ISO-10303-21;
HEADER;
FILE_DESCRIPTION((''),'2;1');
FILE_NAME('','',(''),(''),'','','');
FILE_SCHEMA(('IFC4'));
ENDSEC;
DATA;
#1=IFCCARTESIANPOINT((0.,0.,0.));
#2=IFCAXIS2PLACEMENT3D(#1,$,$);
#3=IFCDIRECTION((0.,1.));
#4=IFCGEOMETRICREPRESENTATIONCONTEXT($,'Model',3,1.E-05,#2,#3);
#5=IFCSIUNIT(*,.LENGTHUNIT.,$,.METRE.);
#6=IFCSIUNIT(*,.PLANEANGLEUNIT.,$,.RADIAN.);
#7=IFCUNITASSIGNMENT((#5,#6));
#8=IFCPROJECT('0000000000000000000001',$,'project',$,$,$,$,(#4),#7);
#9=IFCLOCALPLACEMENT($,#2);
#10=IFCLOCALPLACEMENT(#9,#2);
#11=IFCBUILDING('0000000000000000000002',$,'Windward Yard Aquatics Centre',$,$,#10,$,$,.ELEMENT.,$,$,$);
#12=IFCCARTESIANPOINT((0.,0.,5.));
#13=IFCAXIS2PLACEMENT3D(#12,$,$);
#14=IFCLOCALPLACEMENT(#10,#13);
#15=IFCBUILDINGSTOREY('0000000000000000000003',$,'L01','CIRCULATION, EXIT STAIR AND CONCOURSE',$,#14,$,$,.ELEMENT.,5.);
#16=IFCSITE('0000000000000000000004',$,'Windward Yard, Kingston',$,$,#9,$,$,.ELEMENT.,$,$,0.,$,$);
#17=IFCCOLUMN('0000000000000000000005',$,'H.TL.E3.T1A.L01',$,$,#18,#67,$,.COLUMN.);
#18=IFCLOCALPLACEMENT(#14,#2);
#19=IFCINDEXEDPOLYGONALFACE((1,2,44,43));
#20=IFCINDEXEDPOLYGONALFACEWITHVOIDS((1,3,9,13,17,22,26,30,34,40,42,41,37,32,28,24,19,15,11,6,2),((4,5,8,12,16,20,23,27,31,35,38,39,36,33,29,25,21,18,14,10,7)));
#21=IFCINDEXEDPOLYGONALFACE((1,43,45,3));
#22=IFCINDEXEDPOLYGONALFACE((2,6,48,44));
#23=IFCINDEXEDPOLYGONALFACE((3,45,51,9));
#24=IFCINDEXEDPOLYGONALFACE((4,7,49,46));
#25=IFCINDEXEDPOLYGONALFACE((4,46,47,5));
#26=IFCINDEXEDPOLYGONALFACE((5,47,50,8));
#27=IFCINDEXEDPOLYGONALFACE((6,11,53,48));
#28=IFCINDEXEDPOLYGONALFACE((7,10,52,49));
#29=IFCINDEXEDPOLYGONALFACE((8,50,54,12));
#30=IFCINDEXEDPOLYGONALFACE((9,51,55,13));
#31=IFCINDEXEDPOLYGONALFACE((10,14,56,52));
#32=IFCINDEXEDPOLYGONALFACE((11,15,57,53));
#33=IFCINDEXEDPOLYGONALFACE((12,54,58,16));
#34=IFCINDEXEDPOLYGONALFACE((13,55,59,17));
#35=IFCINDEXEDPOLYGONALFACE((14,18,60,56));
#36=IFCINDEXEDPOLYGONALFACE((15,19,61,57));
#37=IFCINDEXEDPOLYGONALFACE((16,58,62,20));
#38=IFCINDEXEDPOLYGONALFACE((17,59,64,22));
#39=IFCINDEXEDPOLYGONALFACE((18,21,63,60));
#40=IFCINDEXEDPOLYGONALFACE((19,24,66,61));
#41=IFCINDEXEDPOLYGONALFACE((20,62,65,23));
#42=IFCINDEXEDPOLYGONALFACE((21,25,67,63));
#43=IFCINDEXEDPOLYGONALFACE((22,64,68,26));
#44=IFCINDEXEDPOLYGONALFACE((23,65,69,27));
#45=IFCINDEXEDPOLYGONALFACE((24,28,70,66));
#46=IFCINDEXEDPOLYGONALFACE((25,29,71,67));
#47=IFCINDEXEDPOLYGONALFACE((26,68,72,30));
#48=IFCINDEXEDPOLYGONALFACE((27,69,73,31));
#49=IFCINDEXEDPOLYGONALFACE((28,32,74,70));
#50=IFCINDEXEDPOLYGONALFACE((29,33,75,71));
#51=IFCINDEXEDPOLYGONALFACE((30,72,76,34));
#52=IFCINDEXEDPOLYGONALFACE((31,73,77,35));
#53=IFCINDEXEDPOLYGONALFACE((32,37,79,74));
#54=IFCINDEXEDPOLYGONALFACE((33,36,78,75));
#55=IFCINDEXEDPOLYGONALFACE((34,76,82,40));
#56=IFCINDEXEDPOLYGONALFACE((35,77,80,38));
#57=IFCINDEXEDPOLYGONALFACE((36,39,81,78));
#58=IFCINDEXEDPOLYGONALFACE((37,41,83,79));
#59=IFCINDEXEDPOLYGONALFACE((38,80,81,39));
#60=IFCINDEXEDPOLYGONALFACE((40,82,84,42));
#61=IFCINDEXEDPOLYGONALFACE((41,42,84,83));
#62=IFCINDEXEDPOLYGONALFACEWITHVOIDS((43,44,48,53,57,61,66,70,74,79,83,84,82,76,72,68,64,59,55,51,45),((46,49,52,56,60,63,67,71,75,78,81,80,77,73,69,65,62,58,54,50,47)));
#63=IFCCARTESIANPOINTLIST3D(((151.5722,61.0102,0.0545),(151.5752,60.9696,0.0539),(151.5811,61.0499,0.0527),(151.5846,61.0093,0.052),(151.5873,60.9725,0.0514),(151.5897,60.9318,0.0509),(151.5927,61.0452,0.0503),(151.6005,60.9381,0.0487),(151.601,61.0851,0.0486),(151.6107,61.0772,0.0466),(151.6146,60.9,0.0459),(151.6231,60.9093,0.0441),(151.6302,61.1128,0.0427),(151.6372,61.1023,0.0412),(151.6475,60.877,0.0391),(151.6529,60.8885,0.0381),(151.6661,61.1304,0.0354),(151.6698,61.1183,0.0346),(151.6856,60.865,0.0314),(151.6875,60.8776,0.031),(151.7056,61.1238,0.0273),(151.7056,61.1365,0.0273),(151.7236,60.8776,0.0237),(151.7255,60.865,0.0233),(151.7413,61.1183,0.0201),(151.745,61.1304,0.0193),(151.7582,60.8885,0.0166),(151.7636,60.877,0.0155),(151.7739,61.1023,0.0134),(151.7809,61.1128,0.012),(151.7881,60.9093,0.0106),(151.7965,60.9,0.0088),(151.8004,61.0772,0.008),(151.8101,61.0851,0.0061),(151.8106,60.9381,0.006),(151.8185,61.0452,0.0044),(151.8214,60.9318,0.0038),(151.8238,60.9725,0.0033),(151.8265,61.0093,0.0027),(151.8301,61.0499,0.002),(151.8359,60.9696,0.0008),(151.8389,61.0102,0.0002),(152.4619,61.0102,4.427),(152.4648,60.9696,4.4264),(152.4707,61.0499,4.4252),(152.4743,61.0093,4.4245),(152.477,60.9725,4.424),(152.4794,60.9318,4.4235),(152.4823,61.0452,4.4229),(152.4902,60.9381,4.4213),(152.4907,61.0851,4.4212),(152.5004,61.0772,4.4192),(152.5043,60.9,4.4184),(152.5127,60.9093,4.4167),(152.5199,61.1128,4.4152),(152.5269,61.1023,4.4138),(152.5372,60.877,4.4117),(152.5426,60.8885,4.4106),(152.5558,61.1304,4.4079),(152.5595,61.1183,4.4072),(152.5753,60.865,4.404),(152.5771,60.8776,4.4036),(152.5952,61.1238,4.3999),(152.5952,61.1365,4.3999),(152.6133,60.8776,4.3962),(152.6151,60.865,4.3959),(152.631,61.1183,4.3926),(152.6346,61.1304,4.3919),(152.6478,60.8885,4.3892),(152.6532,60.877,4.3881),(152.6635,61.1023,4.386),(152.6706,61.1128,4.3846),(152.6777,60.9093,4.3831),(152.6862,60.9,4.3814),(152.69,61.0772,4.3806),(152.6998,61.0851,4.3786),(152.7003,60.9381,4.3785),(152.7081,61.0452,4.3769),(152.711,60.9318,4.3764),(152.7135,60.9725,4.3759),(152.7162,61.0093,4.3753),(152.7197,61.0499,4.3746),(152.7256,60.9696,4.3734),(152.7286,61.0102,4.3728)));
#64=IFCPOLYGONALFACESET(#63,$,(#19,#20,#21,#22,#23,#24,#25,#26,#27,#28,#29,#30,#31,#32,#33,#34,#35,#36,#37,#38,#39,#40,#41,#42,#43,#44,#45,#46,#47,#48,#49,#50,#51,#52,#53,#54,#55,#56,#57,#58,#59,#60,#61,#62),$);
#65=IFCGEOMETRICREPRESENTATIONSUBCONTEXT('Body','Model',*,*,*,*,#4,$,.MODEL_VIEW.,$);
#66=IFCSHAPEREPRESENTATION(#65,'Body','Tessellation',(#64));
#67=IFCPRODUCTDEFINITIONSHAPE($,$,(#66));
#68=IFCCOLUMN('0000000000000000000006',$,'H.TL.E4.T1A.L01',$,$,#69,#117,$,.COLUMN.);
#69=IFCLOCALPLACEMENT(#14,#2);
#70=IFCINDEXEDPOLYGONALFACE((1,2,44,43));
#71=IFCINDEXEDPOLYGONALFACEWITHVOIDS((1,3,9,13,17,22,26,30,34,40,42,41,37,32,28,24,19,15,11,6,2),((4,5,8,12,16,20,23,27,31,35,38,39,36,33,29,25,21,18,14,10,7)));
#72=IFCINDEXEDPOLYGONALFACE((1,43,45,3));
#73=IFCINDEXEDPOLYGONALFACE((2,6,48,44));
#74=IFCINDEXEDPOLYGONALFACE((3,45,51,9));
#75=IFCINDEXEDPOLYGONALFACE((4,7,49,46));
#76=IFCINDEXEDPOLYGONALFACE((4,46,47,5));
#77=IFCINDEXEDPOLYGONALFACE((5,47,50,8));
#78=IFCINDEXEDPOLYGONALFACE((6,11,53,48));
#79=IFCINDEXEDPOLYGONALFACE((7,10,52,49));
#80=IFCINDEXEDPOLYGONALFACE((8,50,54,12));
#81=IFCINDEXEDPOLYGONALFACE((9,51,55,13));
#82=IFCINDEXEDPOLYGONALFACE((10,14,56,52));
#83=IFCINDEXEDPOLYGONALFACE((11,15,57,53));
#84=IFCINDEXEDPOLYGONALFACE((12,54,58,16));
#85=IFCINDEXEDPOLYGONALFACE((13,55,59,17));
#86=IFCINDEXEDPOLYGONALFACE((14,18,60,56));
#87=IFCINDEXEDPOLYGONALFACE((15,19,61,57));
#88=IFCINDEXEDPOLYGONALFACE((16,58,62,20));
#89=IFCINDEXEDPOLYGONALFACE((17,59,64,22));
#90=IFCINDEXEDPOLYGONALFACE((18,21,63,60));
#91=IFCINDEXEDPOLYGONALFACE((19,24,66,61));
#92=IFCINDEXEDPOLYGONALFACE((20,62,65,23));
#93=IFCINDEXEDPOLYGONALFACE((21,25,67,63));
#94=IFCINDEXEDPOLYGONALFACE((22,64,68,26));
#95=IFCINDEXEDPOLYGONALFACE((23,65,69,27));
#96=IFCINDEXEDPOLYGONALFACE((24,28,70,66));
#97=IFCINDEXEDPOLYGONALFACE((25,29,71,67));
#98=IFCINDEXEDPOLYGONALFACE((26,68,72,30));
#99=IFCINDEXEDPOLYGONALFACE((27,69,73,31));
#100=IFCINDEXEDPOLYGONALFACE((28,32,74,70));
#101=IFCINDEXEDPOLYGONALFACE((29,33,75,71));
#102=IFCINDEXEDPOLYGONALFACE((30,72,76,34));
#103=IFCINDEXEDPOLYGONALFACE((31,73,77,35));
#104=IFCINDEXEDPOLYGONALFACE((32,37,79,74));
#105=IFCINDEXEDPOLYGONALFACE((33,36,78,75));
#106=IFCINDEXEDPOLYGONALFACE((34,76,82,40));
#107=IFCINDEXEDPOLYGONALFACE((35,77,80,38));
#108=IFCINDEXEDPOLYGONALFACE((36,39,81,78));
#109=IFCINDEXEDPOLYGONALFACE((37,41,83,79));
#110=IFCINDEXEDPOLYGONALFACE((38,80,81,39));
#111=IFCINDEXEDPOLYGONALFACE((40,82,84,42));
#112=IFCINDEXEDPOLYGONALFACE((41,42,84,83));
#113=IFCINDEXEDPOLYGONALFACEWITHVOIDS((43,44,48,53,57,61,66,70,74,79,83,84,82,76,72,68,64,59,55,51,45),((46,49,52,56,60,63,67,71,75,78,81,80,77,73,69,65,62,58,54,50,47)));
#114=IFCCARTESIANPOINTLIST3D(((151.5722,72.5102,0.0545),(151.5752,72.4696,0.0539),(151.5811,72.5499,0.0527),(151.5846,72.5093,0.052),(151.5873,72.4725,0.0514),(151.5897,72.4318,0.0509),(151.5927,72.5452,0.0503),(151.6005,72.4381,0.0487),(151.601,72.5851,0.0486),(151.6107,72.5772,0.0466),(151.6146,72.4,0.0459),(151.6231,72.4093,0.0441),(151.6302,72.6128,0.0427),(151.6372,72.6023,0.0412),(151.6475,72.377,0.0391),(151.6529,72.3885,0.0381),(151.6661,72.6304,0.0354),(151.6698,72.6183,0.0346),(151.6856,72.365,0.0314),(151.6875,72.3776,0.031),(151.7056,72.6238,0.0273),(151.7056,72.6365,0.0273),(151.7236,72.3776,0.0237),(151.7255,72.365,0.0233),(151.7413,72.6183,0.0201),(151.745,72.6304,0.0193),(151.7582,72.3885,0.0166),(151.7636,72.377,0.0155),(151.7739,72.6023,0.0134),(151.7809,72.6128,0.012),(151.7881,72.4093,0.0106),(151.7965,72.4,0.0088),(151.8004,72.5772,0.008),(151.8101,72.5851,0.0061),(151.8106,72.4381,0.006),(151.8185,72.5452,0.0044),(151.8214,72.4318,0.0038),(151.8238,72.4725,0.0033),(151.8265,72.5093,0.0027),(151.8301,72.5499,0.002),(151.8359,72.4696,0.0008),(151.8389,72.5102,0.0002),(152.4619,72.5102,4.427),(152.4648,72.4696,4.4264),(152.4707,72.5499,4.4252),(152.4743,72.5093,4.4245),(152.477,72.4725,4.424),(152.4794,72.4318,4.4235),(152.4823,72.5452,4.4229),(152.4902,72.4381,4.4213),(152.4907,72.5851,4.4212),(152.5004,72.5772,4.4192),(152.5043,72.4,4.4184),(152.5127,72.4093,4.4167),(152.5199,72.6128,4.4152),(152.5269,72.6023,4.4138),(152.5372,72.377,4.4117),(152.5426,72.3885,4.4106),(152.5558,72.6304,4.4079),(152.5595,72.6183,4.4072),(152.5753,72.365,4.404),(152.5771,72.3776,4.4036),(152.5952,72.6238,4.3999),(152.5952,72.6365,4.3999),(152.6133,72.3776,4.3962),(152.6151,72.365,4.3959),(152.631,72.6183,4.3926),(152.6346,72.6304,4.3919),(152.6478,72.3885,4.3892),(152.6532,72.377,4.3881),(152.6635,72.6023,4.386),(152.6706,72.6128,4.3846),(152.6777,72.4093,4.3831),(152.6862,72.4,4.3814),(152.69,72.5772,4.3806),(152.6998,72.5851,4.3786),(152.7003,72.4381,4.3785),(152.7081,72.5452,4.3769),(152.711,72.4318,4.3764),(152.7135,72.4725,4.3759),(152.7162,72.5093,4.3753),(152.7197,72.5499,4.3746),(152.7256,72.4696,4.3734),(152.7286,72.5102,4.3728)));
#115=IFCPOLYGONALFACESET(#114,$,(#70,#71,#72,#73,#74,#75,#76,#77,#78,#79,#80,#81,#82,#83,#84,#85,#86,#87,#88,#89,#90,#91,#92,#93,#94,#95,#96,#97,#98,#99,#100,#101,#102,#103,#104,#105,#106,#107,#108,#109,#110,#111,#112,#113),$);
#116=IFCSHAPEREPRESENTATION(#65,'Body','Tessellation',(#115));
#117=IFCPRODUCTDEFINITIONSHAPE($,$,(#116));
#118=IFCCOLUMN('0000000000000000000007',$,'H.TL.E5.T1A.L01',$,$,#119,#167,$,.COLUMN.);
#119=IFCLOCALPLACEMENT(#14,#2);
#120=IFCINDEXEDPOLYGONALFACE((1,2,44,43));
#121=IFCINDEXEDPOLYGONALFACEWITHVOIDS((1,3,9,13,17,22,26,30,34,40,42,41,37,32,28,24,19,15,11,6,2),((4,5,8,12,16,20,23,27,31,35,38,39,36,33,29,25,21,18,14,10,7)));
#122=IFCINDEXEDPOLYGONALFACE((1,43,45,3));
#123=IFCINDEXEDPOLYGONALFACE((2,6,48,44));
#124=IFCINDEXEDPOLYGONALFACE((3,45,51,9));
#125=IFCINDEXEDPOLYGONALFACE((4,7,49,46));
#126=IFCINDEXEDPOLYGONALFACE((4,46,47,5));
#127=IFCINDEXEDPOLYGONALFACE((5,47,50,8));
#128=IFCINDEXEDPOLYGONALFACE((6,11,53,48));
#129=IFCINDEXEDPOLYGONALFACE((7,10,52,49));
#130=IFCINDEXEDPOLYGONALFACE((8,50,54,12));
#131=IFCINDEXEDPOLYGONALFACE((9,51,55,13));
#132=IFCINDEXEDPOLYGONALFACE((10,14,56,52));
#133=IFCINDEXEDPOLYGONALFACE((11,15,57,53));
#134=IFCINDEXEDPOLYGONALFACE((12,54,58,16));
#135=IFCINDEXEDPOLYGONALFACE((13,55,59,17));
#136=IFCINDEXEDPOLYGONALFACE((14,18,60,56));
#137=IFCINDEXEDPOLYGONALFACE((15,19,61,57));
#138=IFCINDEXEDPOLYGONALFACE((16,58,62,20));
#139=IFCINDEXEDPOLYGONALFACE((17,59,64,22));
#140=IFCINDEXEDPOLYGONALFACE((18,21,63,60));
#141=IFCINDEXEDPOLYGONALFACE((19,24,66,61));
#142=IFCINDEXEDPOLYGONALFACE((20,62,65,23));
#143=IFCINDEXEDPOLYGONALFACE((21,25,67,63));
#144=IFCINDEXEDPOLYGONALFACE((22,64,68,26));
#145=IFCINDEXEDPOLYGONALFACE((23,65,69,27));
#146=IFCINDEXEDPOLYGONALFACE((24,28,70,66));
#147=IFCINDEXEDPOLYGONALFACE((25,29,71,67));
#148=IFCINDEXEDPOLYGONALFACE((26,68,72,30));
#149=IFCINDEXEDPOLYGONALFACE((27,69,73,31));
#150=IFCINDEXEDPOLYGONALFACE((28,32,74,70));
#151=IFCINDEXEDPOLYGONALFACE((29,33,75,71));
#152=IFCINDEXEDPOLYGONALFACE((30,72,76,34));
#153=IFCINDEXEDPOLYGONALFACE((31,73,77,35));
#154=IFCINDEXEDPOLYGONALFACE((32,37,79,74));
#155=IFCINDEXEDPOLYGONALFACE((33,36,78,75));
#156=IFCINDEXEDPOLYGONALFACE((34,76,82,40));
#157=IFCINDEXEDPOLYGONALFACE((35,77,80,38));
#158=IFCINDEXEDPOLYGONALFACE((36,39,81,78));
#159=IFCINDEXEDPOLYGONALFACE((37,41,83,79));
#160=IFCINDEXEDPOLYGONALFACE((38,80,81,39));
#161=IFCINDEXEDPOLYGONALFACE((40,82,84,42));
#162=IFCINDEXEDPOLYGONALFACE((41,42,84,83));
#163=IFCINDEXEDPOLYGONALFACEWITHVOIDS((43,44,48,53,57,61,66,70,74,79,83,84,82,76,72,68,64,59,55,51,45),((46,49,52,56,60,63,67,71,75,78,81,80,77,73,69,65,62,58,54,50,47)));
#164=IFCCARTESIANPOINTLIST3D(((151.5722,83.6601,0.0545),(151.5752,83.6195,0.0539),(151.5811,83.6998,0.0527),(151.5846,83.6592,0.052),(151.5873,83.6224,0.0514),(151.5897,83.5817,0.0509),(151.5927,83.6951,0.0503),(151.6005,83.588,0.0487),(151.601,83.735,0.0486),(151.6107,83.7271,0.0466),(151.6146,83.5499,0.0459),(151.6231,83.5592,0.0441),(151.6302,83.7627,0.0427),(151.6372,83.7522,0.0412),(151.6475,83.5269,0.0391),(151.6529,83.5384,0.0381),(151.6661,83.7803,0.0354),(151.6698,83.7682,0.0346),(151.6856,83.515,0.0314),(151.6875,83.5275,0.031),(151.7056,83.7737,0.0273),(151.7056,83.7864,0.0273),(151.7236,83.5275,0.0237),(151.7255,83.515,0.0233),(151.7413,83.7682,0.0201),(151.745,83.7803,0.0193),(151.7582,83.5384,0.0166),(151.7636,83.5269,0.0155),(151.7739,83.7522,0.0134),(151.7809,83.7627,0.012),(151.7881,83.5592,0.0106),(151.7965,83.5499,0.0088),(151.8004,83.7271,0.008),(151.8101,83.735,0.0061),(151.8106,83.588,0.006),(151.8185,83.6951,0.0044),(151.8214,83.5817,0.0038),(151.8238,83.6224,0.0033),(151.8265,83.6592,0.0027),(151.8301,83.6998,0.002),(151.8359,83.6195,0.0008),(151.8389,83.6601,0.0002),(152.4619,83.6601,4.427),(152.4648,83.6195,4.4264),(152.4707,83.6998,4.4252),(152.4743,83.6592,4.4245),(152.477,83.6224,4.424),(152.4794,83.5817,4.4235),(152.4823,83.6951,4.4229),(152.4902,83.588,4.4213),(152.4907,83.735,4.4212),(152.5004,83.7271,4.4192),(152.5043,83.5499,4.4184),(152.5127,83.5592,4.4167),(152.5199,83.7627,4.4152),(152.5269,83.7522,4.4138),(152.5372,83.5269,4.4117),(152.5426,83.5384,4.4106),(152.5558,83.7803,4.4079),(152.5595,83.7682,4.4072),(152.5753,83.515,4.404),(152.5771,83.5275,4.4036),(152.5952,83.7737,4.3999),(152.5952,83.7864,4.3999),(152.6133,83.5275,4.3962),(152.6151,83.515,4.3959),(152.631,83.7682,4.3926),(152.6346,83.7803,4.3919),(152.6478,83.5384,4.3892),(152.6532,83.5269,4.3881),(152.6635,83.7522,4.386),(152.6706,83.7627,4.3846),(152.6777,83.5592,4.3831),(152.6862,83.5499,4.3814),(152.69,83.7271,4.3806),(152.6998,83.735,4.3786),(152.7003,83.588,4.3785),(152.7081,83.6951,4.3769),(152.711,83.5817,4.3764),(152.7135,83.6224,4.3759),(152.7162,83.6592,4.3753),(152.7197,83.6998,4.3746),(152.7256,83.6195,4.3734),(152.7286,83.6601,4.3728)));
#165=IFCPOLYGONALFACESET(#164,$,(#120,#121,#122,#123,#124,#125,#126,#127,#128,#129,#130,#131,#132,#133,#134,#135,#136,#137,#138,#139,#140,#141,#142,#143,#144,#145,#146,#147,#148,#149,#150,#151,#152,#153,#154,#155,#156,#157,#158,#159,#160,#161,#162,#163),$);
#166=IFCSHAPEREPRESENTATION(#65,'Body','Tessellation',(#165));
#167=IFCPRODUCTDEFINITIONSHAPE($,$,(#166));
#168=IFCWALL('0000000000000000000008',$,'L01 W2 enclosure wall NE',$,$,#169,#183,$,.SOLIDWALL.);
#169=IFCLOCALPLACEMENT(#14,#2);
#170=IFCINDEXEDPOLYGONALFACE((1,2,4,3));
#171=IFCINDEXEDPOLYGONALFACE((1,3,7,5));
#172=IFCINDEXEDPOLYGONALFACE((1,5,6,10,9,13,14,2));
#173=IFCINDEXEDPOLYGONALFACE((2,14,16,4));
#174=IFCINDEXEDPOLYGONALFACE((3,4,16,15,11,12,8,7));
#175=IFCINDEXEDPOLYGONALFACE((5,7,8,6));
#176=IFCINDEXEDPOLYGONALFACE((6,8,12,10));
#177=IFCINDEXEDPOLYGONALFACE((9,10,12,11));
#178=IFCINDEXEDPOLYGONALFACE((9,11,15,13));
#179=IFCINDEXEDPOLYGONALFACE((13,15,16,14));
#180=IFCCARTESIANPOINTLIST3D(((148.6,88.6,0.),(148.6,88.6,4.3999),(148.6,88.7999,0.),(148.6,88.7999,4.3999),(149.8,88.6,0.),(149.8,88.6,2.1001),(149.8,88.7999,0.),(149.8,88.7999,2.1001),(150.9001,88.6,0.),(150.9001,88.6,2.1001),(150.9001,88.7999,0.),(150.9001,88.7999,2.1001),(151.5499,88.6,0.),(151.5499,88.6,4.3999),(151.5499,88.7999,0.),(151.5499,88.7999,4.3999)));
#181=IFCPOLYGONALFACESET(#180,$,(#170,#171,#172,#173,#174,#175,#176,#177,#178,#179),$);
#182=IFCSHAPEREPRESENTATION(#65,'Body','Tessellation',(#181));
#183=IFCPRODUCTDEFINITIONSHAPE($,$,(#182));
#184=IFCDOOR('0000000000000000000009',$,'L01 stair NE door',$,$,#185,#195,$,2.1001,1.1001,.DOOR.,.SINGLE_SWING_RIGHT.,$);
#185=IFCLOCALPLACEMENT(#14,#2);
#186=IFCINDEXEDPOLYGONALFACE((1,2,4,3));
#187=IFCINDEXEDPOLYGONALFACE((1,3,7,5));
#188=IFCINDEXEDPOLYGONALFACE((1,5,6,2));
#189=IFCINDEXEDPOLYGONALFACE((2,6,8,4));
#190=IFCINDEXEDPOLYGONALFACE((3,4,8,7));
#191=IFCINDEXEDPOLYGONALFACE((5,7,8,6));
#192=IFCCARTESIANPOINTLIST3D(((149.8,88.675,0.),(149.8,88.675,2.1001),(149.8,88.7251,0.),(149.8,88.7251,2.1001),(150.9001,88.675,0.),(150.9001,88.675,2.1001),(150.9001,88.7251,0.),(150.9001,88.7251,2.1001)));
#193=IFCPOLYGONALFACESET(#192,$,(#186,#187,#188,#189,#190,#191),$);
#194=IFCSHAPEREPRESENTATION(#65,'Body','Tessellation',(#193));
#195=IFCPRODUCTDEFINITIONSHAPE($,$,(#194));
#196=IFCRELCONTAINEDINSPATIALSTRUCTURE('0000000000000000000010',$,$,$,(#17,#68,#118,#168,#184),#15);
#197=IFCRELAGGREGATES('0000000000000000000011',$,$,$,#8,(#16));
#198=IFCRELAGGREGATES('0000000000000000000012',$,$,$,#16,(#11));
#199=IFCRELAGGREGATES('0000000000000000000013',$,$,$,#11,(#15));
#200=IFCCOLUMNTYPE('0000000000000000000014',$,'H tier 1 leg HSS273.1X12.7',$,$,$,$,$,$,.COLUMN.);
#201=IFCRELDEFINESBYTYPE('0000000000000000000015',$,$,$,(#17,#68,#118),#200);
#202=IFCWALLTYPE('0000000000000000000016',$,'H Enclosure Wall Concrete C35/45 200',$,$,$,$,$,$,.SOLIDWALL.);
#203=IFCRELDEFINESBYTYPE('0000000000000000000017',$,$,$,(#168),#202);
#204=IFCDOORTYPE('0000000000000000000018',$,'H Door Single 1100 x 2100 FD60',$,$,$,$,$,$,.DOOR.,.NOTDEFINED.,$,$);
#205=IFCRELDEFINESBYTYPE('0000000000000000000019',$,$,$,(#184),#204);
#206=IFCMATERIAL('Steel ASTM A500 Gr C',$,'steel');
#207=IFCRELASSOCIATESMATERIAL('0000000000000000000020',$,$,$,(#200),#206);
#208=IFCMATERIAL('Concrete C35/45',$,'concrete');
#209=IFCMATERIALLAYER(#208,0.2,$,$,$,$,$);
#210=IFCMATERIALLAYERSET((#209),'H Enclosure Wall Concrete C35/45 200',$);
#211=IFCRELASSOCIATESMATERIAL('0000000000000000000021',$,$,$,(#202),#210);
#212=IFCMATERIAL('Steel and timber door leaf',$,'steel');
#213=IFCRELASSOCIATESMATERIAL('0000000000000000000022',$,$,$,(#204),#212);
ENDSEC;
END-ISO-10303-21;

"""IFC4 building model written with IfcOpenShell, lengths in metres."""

from ifc_helpers import new_model, si_unit, direction, frame, frame_2d, origin, origin_2d, place, context, subcontext, project, spatial, rectangle, hollow_circle, extrude, material, layer, layer_set, material_profile, profile_set, type_object, element, fill, save


model = new_model("IFC4")

# Units and contexts
model_context = context("Model", 3, precision=1e-05, world=origin(), true_north=direction((0.0, 1.0)))
body_context = subcontext(model_context, "Body", "Model", "MODEL_VIEW")
ifc_project = project(units=[si_unit("LENGTHUNIT", "METRE"), si_unit("PLANEANGLEUNIT", "RADIAN")], contexts=[model_context])

# Site, building, storey
site_placement = place(None, origin())
site = spatial("IfcSite", under=ifc_project, at=site_placement, Name="Windward Yard, Kingston", CompositionType="ELEMENT", RefElevation=0.0)
building_placement = place(site_placement, origin())
building = spatial("IfcBuilding", under=site, at=building_placement, Name="Windward Yard Aquatics Centre", CompositionType="ELEMENT")
storey_placement = place(building_placement, frame((0.0, 0.0, 5.0)))
storey = spatial("IfcBuildingStorey", under=building, at=storey_placement, Name="L01", Description="CIRCULATION, EXIT STAIR AND CONCOURSE", CompositionType="ELEMENT", Elevation=5.0)

# Columns
ifc_material_1 = material(Name="Steel ASTM A500 Gr C", Category="steel")
ifc_material_profile_1 = material_profile(ifc_material_1, hollow_circle(Radius=0.1365, WallThickness=0.0127, at=origin_2d()), Name="HSS273.1X12.7")
ifc_profile_set_1 = profile_set([ifc_material_profile_1], Name="Steel ASTM A500 Gr C")
column_type_1 = type_object("IfcColumnType", Name="H tier 1 leg HSS273.1X12.7", PredefinedType="COLUMN", material=ifc_profile_set_1)
for number, where, z_axis, x_axis, name in (
    (1, (151.7056, 61.0, 0.0273), (0.199377, 0.0, 0.979923), (0.0, 1.0, 0.0), "H.TL.E3.T1A.L01"),
    (2, (151.7056, 72.5, 0.0273), (0.199377, 0.0, 0.979923), (0.0, 1.0, 0.0), "H.TL.E4.T1A.L01"),
    (3, (151.7056, 83.6499, 0.0273), (0.199377, 0.0, 0.979923), (0.0, 1.0, 0.0), "H.TL.E5.T1A.L01"),
):
    element("IfcColumn", number, at=place(storey_placement, frame(where, z_axis=z_axis, x_axis=x_axis)), inside=storey, type_object=column_type_1, Name=name, PredefinedType="COLUMN", context=body_context, shape_type="SweptSolid", body=[
        extrude(hollow_circle(Radius=0.1365, WallThickness=0.0127, at=origin_2d()), origin(), (0.0, 0.0, 1.0), 4.4622),
    ])

# Wall, opening, door
ifc_material_2 = material(Name="Concrete C35/45", Category="concrete")
ifc_layer_1 = layer(ifc_material_2, 0.2)
ifc_layer_set_1 = layer_set([ifc_layer_1], Name="H Enclosure Wall Concrete C35/45 200")
wall_type_1 = type_object("IfcWallType", Name="H Enclosure Wall Concrete C35/45 200", PredefinedType="SOLIDWALL", material=ifc_layer_set_1)
wall_1_placement = place(storey_placement, frame((151.55, 88.7, 0.0), z_axis=(0.0, 0.0, 1.0), x_axis=(-1.0, 0.0, 0.0)))
wall_1 = element("IfcWall", 4, at=wall_1_placement, inside=storey, type_object=wall_type_1, Name="L01 W2 enclosure wall NE", PredefinedType="SOLIDWALL", context=body_context, shape_type="SweptSolid", body=[
    extrude(rectangle(XDim=2.95, YDim=0.2, at=frame_2d((1.4751, 0.0))), origin(), (0.0, 0.0, 1.0), 4.3999),
])
opening_1_placement = place(wall_1_placement, frame((0.6499, 0.0, 0.0)))
opening_1 = element("IfcOpeningElement", 5, at=opening_1_placement, cuts=wall_1, PredefinedType="OPENING", context=body_context, shape_type="SweptSolid", body=[
    extrude(rectangle(XDim=1.1001, YDim=2.1001, at=frame_2d((0.55, 1.05))), frame((0.0, 0.1099, 0.0), z_axis=(0.0, -1.0, 0.0), x_axis=(1.0, 0.0, 0.0)), (0.0, 0.0, 1.0), 0.22),
])
ifc_material_3 = material(Name="Steel and timber door leaf", Category="steel")
door_type_1 = type_object("IfcDoorType", Name="H Door Single 1100 x 2100 FD60", OperationType="NOTDEFINED", PredefinedType="DOOR", material=ifc_material_3)
door_1_placement = place(opening_1_placement, origin())
door_1 = element("IfcDoor", 6, at=door_1_placement, inside=storey, type_object=door_type_1, Name="L01 stair NE door", OperationType="SINGLE_SWING_RIGHT", OverallHeight=2.1001, OverallWidth=1.1001, PredefinedType="DOOR", context=body_context, shape_type="SweptSolid", body=[
    extrude(rectangle(XDim=1.1001, YDim=2.1001, at=frame_2d((0.55, 1.05))), frame((0.0, 0.0249, 0.0), z_axis=(0.0, -1.0, 0.0), x_axis=(1.0, 0.0, 0.0)), (0.0, 0.0, 1.0), 0.05),
])
fill(opening_1, door_1)

save(model, "model.ifc")
